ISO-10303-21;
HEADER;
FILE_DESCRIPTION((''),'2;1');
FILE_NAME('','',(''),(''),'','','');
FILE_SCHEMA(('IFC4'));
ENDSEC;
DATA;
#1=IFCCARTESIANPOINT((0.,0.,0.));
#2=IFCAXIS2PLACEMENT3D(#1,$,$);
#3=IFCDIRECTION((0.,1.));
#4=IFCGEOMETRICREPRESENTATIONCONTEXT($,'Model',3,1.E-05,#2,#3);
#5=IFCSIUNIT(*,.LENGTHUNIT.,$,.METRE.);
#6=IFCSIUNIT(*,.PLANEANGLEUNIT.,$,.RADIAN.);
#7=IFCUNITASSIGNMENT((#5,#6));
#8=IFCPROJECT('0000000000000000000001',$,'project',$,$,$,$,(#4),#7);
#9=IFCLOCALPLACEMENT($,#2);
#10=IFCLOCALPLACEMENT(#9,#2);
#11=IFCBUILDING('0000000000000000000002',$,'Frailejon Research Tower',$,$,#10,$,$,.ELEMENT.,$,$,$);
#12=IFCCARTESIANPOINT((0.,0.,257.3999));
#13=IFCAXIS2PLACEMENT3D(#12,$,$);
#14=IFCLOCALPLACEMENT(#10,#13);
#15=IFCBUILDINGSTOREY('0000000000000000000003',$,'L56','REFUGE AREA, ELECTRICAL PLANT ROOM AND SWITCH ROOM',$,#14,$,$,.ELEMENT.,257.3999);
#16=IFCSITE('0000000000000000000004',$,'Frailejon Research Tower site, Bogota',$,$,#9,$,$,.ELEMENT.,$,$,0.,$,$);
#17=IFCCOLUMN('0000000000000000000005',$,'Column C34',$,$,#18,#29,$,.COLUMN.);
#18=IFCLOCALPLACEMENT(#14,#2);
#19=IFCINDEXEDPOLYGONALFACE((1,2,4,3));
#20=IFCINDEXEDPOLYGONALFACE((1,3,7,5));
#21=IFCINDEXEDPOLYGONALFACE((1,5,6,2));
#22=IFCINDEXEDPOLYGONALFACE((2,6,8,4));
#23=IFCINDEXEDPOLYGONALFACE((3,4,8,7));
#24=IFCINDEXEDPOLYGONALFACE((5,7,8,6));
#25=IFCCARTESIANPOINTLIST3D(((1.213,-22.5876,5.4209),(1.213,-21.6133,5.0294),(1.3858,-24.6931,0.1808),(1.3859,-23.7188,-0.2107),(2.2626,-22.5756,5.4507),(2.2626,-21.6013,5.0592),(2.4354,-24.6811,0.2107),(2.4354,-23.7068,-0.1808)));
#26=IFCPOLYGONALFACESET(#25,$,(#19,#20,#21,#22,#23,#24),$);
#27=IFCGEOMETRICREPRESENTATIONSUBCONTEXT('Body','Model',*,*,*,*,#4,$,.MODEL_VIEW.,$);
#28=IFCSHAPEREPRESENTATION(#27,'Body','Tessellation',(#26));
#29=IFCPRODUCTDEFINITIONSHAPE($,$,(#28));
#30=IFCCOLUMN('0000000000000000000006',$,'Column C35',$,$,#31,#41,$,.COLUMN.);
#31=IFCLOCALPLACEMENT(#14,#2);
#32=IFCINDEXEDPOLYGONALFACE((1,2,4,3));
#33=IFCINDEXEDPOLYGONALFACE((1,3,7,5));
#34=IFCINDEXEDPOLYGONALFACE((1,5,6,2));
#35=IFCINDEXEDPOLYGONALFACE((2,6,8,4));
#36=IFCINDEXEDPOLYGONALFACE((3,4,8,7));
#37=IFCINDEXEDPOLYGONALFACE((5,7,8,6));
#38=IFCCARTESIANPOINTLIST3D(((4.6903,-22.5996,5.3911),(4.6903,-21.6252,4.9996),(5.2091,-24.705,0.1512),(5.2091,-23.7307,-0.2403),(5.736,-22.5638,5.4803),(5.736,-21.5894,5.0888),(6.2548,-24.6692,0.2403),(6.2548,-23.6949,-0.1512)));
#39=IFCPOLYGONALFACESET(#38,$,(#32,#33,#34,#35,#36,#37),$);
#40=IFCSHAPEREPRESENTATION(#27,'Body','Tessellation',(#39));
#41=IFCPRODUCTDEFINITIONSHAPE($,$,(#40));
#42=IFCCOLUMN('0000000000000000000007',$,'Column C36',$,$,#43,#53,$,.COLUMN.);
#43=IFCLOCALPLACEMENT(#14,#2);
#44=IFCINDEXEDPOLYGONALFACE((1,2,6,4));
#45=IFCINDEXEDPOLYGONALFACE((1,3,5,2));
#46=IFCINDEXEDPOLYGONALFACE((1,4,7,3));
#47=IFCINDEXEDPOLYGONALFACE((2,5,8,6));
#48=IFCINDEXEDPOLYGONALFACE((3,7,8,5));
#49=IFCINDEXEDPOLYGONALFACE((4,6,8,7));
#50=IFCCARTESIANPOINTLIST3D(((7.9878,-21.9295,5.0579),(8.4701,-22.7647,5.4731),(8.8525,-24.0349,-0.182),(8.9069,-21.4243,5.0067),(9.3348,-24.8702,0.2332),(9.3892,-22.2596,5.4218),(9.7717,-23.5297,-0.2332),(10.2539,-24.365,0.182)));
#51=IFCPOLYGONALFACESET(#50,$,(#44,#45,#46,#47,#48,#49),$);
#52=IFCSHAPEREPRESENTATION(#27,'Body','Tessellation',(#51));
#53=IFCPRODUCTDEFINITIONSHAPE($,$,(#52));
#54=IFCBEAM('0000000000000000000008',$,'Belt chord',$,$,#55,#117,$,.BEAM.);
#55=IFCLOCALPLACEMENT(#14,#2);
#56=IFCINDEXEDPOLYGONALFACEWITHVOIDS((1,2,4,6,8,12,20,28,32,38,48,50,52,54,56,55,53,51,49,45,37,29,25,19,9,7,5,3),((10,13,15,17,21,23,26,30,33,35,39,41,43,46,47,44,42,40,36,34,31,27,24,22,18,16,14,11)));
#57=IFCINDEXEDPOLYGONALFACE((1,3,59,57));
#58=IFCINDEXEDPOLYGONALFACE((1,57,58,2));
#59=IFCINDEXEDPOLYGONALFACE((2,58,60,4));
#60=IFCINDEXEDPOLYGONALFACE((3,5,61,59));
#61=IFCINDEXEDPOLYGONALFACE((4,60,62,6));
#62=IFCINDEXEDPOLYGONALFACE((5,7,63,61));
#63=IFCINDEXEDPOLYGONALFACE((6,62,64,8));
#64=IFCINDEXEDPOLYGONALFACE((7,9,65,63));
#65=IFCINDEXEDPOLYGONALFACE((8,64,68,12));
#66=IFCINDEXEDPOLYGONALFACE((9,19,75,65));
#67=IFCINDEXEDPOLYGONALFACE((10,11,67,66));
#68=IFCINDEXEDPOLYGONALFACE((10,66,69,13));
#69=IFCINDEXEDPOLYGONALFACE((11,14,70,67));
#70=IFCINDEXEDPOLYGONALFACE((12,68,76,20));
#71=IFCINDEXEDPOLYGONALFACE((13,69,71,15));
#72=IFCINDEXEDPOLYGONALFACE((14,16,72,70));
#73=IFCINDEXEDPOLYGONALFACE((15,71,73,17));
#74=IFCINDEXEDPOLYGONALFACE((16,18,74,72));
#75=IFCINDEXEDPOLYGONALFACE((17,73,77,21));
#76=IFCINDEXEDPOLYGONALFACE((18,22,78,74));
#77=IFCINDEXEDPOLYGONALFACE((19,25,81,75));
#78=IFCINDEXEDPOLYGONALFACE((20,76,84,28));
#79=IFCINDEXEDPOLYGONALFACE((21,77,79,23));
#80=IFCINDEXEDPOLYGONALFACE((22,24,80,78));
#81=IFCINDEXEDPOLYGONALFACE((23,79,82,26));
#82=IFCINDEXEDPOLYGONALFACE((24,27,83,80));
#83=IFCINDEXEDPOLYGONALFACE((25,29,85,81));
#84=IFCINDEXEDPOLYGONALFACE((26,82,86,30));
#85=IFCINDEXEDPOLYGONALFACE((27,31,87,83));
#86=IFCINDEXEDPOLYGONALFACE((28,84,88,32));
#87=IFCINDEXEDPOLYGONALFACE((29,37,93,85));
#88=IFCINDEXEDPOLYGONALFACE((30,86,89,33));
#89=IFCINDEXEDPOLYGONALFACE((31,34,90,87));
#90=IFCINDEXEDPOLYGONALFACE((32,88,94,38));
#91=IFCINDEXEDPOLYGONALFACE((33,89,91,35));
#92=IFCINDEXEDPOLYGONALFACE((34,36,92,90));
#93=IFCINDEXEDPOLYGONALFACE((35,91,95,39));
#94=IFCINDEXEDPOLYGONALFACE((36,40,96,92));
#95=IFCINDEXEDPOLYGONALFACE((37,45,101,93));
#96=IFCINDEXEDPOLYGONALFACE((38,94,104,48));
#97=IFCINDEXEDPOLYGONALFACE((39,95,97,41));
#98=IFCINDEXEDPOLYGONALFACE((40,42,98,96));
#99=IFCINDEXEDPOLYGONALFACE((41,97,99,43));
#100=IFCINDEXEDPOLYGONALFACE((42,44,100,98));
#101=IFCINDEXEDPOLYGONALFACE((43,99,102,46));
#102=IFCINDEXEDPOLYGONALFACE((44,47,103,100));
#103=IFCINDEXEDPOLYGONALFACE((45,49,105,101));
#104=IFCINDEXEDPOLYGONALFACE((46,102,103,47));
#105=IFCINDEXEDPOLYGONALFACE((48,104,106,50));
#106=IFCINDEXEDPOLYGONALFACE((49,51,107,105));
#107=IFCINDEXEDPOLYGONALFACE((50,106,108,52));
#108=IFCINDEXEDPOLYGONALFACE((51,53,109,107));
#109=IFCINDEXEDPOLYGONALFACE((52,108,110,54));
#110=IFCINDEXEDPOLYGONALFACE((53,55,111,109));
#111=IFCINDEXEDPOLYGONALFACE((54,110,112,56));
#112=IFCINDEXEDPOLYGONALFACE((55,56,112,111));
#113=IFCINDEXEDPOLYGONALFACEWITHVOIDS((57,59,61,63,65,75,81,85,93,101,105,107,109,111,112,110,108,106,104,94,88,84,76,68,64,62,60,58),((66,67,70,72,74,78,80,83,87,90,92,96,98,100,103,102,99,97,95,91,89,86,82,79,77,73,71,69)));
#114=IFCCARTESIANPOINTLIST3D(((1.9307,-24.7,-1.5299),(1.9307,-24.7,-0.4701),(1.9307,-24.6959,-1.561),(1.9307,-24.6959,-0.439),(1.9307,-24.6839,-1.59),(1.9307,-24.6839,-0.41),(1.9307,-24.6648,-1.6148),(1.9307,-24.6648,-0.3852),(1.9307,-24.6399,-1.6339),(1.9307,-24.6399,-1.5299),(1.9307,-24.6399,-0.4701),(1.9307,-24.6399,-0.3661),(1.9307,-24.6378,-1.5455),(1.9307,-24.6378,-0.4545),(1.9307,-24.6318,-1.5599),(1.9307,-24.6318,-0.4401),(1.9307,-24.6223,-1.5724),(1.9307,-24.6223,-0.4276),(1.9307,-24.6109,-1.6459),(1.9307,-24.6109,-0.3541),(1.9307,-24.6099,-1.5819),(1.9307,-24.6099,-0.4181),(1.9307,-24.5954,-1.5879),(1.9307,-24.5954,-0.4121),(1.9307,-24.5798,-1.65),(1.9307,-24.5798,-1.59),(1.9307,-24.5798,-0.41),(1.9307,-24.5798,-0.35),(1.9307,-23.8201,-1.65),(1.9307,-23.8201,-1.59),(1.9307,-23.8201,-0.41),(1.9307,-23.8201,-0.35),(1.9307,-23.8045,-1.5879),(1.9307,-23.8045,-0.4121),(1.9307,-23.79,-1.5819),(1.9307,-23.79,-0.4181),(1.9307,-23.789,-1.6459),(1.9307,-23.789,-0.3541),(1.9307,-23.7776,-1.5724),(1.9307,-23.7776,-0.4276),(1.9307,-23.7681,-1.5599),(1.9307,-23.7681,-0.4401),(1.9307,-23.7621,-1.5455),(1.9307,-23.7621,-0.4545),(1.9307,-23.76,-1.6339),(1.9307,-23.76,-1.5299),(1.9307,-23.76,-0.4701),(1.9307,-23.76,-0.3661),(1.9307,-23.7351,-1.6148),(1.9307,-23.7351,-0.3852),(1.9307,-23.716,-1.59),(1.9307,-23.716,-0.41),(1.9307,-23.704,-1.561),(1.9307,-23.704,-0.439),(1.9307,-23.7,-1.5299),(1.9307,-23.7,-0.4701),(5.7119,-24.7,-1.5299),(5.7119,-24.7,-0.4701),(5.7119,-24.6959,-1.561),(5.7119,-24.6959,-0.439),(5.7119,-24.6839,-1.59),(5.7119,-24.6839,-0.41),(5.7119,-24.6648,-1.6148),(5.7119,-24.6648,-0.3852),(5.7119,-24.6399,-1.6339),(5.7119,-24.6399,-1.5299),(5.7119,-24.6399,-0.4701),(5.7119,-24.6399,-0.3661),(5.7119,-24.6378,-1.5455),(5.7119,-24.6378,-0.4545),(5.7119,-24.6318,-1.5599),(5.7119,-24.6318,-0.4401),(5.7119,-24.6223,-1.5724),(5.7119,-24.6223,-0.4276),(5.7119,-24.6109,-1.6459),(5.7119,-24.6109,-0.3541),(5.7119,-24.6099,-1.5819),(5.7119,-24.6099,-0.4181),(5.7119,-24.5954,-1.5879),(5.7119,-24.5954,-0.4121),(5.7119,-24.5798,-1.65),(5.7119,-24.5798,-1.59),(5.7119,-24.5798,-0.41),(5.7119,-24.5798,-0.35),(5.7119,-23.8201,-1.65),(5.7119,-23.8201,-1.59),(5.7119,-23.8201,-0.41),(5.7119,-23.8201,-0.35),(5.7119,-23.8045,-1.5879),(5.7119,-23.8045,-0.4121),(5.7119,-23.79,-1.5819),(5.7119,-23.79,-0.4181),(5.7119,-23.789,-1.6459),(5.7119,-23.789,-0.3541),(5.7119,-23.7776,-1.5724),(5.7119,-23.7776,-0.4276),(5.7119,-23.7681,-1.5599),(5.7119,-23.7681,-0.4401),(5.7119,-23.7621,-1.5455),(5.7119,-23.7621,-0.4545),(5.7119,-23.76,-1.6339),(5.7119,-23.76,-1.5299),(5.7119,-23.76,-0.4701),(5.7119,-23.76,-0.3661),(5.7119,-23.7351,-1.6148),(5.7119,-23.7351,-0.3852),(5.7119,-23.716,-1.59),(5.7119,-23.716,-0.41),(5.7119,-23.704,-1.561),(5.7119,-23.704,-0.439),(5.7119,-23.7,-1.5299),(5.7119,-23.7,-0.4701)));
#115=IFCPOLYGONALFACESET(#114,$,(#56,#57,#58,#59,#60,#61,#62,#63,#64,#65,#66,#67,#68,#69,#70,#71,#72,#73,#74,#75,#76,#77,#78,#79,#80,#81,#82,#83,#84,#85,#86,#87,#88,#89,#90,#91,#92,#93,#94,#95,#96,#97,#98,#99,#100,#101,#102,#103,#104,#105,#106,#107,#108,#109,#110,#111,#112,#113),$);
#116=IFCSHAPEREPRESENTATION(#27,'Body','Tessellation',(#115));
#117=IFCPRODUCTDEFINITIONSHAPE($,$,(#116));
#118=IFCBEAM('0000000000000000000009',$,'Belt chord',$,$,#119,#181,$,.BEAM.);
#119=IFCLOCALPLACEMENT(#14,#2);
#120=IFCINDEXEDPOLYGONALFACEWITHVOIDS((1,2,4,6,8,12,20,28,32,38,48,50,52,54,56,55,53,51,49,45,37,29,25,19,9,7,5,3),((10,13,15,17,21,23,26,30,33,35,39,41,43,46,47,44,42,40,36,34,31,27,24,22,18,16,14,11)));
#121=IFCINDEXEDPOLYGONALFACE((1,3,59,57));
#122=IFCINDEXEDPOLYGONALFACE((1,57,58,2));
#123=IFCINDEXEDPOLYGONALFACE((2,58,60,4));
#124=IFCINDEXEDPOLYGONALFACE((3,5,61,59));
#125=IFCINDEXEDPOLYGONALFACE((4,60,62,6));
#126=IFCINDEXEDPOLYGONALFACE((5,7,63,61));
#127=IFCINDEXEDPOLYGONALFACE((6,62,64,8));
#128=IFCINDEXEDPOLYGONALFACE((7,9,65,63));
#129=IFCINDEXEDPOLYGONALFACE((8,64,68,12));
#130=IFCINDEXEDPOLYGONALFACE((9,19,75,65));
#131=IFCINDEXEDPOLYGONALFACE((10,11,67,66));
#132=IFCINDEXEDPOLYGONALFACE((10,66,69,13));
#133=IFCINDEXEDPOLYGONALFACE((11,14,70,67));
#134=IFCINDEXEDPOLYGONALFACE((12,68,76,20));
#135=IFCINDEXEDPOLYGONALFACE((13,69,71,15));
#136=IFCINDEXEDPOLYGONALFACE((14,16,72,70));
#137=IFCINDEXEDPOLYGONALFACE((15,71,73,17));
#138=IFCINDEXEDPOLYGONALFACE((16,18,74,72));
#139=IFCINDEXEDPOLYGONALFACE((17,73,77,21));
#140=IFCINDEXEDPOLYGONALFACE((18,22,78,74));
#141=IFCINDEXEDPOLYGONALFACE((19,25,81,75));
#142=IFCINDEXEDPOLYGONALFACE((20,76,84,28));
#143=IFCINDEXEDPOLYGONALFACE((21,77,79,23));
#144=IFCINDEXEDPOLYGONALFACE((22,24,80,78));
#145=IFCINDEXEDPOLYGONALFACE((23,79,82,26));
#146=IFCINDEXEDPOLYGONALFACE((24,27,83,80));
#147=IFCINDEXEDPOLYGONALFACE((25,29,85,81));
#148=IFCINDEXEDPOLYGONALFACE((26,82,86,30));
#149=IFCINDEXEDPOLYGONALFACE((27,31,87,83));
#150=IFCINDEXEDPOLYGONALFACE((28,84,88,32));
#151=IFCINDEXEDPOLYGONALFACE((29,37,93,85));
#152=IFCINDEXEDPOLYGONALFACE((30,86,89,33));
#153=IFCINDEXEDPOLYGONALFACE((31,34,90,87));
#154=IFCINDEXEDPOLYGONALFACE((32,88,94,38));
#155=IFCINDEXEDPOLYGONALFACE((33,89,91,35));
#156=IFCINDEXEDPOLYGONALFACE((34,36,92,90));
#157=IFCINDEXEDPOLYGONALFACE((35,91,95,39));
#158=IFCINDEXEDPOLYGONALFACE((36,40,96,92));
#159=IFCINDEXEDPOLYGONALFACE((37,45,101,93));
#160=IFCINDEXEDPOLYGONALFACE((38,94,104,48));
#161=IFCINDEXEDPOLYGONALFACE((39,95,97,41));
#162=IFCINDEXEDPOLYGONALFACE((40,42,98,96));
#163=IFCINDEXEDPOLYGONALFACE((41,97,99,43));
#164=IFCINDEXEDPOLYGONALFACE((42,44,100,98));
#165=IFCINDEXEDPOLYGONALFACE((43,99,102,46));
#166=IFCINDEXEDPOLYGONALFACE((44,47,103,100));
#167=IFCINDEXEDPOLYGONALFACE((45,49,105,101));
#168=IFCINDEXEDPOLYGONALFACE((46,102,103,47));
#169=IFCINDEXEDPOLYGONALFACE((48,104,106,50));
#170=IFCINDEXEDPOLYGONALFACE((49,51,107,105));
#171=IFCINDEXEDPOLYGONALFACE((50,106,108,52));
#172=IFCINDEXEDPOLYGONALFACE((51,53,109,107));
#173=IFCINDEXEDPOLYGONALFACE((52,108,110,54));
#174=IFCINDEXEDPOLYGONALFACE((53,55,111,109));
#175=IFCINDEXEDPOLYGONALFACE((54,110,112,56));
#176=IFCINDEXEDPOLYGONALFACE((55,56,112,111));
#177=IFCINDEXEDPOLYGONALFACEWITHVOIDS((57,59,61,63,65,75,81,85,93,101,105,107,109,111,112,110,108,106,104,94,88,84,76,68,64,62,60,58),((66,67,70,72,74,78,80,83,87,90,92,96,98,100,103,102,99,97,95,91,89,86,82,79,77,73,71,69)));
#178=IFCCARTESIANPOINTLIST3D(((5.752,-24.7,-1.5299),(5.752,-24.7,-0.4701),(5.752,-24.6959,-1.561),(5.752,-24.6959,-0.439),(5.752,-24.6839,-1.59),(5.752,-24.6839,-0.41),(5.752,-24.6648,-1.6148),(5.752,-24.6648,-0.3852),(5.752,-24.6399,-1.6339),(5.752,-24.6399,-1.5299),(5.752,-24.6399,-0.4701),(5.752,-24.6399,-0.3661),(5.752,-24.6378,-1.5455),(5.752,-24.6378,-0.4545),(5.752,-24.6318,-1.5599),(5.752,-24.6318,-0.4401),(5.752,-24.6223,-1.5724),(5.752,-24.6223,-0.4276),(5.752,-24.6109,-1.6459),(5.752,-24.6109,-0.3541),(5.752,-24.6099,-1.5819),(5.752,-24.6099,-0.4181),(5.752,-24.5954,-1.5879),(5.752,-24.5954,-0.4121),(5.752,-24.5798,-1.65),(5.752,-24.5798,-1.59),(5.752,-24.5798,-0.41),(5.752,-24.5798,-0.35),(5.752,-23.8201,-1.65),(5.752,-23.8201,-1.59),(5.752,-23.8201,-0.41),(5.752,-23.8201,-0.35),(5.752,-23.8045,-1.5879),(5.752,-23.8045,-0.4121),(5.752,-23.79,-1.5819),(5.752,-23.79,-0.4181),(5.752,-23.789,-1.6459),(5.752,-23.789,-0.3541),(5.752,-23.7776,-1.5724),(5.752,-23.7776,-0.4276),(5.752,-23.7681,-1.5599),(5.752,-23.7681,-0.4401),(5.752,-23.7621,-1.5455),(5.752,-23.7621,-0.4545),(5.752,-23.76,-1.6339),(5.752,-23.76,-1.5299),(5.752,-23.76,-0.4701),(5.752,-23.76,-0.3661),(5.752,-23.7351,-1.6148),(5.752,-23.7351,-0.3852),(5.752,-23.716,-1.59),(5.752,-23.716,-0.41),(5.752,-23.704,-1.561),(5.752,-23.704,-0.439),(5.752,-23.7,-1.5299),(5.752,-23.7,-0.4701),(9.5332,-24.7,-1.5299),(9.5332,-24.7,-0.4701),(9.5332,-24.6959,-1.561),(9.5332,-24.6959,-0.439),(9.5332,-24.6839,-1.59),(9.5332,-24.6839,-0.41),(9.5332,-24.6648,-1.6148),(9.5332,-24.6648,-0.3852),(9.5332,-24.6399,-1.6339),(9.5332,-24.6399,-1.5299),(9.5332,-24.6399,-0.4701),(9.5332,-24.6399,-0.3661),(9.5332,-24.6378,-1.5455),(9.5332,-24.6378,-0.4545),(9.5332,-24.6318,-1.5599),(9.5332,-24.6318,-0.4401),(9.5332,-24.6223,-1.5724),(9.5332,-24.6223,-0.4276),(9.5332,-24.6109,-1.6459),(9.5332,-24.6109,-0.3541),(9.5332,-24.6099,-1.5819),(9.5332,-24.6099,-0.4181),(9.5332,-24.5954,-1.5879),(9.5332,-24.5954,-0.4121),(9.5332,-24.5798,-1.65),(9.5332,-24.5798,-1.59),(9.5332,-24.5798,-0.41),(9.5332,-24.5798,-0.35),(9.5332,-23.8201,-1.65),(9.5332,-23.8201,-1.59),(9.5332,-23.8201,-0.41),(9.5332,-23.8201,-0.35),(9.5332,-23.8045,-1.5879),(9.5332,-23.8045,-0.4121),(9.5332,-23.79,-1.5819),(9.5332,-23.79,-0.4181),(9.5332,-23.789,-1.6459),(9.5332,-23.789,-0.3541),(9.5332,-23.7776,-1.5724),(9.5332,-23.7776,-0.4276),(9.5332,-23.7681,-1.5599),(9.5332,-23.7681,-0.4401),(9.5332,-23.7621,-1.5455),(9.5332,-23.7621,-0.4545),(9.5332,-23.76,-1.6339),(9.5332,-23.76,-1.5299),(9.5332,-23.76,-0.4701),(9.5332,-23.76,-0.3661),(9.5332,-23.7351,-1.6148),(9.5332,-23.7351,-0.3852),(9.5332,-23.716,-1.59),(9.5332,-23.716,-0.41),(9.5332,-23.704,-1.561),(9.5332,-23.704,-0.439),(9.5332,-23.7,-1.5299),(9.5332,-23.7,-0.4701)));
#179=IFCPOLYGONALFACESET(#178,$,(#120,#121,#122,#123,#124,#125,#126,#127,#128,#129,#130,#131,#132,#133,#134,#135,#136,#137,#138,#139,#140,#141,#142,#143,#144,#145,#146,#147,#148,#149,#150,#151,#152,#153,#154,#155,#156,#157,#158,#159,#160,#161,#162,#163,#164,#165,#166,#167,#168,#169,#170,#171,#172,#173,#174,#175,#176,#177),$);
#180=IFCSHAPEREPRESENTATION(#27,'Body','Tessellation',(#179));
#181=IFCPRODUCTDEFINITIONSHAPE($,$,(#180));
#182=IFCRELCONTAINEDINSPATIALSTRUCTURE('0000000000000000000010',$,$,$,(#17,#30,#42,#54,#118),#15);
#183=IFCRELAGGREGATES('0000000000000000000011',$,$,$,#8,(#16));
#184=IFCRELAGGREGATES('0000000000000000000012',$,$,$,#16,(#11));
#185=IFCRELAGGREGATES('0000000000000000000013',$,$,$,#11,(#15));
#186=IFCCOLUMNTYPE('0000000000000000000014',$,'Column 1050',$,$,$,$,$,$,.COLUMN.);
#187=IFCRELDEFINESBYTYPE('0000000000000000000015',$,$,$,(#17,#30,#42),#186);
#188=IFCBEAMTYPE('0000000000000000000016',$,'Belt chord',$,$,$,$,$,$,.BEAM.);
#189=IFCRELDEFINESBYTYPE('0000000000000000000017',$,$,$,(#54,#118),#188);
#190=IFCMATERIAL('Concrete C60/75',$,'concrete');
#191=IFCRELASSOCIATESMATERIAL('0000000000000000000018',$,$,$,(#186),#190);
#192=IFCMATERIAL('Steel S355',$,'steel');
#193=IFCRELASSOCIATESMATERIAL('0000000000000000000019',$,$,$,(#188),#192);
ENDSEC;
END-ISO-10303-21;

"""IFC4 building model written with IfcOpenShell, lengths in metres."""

from ifc_helpers import new_model, si_unit, direction, frame, origin, origin_2d, place, context, subcontext, project, spatial, rectangle, hollow_rectangle, extrude, material, material_profile, profile_set, type_object, element, save


model = new_model("IFC4")

# Units and contexts
model_context = context("Model", 3, precision=1e-05, world=origin(), true_north=direction((0.0, 1.0)))
body_context = subcontext(model_context, "Body", "Model", "MODEL_VIEW")
ifc_project = project(units=[si_unit("LENGTHUNIT", "METRE"), si_unit("PLANEANGLEUNIT", "RADIAN")], contexts=[model_context])

# Site, building, storey
site_placement = place(None, origin())
site = spatial("IfcSite", under=ifc_project, at=site_placement, Name="Frailejon Research Tower site, Bogota", CompositionType="ELEMENT", RefElevation=0.0)
building_placement = place(site_placement, origin())
building = spatial("IfcBuilding", under=site, at=building_placement, Name="Frailejon Research Tower", CompositionType="ELEMENT")
storey_placement = place(building_placement, frame((0.0, 0.0, 257.3999)))
storey = spatial("IfcBuildingStorey", under=building, at=storey_placement, Name="L56", Description="REFUGE AREA, ELECTRICAL PLANT ROOM AND SWITCH ROOM", CompositionType="ELEMENT", Elevation=257.3999)

# Columns
ifc_material_1 = material(Name="Concrete C60/75", Category="concrete")
ifc_material_profile_1 = material_profile(ifc_material_1, rectangle(XDim=1.05, YDim=1.05, at=origin_2d()), Name="Column 1050")
ifc_profile_set_1 = profile_set([ifc_material_profile_1], Name="Concrete C60/75")
column_type = type_object("IfcColumnType", Name="Column 1050", PredefinedType="COLUMN", material=ifc_profile_set_1)
column_1_placement = place(storey_placement, frame((1.9106, -24.2, 0.0), z_axis=(-0.030594, 0.372662, 0.927463), x_axis=(0.999532, 0.011374, 0.028401)))
element("IfcColumn", 1, at=column_1_placement, inside=storey, type_object=column_type, Name="Column C34", PredefinedType="COLUMN", context=body_context, shape_type="SweptSolid", body=[
    extrude(rectangle(XDim=1.05, YDim=1.05, at=origin_2d()), origin(), (0.0, 0.0, 1.0), 5.6499),
])
column_2_placement = place(storey_placement, frame((5.7319, -24.2, 0.0), z_axis=(-0.091484, 0.371273, 0.924006), x_axis=(0.995807, 0.034111, 0.084886)))
element("IfcColumn", 2, at=column_2_placement, inside=storey, type_object=column_type, Name="Column C35", PredefinedType="COLUMN", context=body_context, shape_type="SweptSolid", body=[
    extrude(rectangle(XDim=1.05, YDim=1.05, at=origin_2d()), origin(), (0.0, 0.0, 1.0), 5.6709),
])
column_3_placement = place(storey_placement, frame((9.5532, -24.2, 0.0), z_axis=(-0.151365, 0.36854, 0.917206), x_axis=(0.875313, 0.481084, -0.048852)))
element("IfcColumn", 3, at=column_3_placement, inside=storey, type_object=column_type, Name="Column C36", PredefinedType="COLUMN", context=body_context, shape_type="SweptSolid", body=[
    extrude(rectangle(XDim=1.05, YDim=1.05, at=origin_2d()), origin(), (0.0, 0.0, 1.0), 5.7129),
])

# Beams
ifc_material_2 = material(Name="Steel S355", Category="steel")
ifc_material_profile_2 = material_profile(ifc_material_2, hollow_rectangle(XDim=1.0, YDim=1.3, WallThickness=0.0601, InnerFilletRadius=0.0601, OuterFilletRadius=0.1201, at=origin_2d()), Name="Belt chord")
ifc_profile_set_2 = profile_set([ifc_material_profile_2], Name="Steel S355")
beam_type_1 = type_object("IfcBeamType", Name="Belt chord", PredefinedType="BEAM", material=ifc_profile_set_2)
for number, where, z_axis, x_axis, name in (
    (4, (1.9307, -24.2, -1.0), (1.0, 0.0, 0.0), (0.0, 1.0, 0.0), "Belt chord"),
    (5, (5.752, -24.2, -1.0), (1.0, 0.0, 0.0), (0.0, 1.0, 0.0), "Belt chord"),
):
    element("IfcBeam", number, at=place(storey_placement, frame(where, z_axis=z_axis, x_axis=x_axis)), inside=storey, type_object=beam_type_1, Name=name, PredefinedType="BEAM", context=body_context, shape_type="SweptSolid", body=[
        extrude(hollow_rectangle(XDim=1.0, YDim=1.3, WallThickness=0.0601, InnerFilletRadius=0.0601, OuterFilletRadius=0.1201, at=origin_2d()), origin(), (0.0, 0.0, 1.0), 3.7812),
    ])

save(model, "model.ifc")
